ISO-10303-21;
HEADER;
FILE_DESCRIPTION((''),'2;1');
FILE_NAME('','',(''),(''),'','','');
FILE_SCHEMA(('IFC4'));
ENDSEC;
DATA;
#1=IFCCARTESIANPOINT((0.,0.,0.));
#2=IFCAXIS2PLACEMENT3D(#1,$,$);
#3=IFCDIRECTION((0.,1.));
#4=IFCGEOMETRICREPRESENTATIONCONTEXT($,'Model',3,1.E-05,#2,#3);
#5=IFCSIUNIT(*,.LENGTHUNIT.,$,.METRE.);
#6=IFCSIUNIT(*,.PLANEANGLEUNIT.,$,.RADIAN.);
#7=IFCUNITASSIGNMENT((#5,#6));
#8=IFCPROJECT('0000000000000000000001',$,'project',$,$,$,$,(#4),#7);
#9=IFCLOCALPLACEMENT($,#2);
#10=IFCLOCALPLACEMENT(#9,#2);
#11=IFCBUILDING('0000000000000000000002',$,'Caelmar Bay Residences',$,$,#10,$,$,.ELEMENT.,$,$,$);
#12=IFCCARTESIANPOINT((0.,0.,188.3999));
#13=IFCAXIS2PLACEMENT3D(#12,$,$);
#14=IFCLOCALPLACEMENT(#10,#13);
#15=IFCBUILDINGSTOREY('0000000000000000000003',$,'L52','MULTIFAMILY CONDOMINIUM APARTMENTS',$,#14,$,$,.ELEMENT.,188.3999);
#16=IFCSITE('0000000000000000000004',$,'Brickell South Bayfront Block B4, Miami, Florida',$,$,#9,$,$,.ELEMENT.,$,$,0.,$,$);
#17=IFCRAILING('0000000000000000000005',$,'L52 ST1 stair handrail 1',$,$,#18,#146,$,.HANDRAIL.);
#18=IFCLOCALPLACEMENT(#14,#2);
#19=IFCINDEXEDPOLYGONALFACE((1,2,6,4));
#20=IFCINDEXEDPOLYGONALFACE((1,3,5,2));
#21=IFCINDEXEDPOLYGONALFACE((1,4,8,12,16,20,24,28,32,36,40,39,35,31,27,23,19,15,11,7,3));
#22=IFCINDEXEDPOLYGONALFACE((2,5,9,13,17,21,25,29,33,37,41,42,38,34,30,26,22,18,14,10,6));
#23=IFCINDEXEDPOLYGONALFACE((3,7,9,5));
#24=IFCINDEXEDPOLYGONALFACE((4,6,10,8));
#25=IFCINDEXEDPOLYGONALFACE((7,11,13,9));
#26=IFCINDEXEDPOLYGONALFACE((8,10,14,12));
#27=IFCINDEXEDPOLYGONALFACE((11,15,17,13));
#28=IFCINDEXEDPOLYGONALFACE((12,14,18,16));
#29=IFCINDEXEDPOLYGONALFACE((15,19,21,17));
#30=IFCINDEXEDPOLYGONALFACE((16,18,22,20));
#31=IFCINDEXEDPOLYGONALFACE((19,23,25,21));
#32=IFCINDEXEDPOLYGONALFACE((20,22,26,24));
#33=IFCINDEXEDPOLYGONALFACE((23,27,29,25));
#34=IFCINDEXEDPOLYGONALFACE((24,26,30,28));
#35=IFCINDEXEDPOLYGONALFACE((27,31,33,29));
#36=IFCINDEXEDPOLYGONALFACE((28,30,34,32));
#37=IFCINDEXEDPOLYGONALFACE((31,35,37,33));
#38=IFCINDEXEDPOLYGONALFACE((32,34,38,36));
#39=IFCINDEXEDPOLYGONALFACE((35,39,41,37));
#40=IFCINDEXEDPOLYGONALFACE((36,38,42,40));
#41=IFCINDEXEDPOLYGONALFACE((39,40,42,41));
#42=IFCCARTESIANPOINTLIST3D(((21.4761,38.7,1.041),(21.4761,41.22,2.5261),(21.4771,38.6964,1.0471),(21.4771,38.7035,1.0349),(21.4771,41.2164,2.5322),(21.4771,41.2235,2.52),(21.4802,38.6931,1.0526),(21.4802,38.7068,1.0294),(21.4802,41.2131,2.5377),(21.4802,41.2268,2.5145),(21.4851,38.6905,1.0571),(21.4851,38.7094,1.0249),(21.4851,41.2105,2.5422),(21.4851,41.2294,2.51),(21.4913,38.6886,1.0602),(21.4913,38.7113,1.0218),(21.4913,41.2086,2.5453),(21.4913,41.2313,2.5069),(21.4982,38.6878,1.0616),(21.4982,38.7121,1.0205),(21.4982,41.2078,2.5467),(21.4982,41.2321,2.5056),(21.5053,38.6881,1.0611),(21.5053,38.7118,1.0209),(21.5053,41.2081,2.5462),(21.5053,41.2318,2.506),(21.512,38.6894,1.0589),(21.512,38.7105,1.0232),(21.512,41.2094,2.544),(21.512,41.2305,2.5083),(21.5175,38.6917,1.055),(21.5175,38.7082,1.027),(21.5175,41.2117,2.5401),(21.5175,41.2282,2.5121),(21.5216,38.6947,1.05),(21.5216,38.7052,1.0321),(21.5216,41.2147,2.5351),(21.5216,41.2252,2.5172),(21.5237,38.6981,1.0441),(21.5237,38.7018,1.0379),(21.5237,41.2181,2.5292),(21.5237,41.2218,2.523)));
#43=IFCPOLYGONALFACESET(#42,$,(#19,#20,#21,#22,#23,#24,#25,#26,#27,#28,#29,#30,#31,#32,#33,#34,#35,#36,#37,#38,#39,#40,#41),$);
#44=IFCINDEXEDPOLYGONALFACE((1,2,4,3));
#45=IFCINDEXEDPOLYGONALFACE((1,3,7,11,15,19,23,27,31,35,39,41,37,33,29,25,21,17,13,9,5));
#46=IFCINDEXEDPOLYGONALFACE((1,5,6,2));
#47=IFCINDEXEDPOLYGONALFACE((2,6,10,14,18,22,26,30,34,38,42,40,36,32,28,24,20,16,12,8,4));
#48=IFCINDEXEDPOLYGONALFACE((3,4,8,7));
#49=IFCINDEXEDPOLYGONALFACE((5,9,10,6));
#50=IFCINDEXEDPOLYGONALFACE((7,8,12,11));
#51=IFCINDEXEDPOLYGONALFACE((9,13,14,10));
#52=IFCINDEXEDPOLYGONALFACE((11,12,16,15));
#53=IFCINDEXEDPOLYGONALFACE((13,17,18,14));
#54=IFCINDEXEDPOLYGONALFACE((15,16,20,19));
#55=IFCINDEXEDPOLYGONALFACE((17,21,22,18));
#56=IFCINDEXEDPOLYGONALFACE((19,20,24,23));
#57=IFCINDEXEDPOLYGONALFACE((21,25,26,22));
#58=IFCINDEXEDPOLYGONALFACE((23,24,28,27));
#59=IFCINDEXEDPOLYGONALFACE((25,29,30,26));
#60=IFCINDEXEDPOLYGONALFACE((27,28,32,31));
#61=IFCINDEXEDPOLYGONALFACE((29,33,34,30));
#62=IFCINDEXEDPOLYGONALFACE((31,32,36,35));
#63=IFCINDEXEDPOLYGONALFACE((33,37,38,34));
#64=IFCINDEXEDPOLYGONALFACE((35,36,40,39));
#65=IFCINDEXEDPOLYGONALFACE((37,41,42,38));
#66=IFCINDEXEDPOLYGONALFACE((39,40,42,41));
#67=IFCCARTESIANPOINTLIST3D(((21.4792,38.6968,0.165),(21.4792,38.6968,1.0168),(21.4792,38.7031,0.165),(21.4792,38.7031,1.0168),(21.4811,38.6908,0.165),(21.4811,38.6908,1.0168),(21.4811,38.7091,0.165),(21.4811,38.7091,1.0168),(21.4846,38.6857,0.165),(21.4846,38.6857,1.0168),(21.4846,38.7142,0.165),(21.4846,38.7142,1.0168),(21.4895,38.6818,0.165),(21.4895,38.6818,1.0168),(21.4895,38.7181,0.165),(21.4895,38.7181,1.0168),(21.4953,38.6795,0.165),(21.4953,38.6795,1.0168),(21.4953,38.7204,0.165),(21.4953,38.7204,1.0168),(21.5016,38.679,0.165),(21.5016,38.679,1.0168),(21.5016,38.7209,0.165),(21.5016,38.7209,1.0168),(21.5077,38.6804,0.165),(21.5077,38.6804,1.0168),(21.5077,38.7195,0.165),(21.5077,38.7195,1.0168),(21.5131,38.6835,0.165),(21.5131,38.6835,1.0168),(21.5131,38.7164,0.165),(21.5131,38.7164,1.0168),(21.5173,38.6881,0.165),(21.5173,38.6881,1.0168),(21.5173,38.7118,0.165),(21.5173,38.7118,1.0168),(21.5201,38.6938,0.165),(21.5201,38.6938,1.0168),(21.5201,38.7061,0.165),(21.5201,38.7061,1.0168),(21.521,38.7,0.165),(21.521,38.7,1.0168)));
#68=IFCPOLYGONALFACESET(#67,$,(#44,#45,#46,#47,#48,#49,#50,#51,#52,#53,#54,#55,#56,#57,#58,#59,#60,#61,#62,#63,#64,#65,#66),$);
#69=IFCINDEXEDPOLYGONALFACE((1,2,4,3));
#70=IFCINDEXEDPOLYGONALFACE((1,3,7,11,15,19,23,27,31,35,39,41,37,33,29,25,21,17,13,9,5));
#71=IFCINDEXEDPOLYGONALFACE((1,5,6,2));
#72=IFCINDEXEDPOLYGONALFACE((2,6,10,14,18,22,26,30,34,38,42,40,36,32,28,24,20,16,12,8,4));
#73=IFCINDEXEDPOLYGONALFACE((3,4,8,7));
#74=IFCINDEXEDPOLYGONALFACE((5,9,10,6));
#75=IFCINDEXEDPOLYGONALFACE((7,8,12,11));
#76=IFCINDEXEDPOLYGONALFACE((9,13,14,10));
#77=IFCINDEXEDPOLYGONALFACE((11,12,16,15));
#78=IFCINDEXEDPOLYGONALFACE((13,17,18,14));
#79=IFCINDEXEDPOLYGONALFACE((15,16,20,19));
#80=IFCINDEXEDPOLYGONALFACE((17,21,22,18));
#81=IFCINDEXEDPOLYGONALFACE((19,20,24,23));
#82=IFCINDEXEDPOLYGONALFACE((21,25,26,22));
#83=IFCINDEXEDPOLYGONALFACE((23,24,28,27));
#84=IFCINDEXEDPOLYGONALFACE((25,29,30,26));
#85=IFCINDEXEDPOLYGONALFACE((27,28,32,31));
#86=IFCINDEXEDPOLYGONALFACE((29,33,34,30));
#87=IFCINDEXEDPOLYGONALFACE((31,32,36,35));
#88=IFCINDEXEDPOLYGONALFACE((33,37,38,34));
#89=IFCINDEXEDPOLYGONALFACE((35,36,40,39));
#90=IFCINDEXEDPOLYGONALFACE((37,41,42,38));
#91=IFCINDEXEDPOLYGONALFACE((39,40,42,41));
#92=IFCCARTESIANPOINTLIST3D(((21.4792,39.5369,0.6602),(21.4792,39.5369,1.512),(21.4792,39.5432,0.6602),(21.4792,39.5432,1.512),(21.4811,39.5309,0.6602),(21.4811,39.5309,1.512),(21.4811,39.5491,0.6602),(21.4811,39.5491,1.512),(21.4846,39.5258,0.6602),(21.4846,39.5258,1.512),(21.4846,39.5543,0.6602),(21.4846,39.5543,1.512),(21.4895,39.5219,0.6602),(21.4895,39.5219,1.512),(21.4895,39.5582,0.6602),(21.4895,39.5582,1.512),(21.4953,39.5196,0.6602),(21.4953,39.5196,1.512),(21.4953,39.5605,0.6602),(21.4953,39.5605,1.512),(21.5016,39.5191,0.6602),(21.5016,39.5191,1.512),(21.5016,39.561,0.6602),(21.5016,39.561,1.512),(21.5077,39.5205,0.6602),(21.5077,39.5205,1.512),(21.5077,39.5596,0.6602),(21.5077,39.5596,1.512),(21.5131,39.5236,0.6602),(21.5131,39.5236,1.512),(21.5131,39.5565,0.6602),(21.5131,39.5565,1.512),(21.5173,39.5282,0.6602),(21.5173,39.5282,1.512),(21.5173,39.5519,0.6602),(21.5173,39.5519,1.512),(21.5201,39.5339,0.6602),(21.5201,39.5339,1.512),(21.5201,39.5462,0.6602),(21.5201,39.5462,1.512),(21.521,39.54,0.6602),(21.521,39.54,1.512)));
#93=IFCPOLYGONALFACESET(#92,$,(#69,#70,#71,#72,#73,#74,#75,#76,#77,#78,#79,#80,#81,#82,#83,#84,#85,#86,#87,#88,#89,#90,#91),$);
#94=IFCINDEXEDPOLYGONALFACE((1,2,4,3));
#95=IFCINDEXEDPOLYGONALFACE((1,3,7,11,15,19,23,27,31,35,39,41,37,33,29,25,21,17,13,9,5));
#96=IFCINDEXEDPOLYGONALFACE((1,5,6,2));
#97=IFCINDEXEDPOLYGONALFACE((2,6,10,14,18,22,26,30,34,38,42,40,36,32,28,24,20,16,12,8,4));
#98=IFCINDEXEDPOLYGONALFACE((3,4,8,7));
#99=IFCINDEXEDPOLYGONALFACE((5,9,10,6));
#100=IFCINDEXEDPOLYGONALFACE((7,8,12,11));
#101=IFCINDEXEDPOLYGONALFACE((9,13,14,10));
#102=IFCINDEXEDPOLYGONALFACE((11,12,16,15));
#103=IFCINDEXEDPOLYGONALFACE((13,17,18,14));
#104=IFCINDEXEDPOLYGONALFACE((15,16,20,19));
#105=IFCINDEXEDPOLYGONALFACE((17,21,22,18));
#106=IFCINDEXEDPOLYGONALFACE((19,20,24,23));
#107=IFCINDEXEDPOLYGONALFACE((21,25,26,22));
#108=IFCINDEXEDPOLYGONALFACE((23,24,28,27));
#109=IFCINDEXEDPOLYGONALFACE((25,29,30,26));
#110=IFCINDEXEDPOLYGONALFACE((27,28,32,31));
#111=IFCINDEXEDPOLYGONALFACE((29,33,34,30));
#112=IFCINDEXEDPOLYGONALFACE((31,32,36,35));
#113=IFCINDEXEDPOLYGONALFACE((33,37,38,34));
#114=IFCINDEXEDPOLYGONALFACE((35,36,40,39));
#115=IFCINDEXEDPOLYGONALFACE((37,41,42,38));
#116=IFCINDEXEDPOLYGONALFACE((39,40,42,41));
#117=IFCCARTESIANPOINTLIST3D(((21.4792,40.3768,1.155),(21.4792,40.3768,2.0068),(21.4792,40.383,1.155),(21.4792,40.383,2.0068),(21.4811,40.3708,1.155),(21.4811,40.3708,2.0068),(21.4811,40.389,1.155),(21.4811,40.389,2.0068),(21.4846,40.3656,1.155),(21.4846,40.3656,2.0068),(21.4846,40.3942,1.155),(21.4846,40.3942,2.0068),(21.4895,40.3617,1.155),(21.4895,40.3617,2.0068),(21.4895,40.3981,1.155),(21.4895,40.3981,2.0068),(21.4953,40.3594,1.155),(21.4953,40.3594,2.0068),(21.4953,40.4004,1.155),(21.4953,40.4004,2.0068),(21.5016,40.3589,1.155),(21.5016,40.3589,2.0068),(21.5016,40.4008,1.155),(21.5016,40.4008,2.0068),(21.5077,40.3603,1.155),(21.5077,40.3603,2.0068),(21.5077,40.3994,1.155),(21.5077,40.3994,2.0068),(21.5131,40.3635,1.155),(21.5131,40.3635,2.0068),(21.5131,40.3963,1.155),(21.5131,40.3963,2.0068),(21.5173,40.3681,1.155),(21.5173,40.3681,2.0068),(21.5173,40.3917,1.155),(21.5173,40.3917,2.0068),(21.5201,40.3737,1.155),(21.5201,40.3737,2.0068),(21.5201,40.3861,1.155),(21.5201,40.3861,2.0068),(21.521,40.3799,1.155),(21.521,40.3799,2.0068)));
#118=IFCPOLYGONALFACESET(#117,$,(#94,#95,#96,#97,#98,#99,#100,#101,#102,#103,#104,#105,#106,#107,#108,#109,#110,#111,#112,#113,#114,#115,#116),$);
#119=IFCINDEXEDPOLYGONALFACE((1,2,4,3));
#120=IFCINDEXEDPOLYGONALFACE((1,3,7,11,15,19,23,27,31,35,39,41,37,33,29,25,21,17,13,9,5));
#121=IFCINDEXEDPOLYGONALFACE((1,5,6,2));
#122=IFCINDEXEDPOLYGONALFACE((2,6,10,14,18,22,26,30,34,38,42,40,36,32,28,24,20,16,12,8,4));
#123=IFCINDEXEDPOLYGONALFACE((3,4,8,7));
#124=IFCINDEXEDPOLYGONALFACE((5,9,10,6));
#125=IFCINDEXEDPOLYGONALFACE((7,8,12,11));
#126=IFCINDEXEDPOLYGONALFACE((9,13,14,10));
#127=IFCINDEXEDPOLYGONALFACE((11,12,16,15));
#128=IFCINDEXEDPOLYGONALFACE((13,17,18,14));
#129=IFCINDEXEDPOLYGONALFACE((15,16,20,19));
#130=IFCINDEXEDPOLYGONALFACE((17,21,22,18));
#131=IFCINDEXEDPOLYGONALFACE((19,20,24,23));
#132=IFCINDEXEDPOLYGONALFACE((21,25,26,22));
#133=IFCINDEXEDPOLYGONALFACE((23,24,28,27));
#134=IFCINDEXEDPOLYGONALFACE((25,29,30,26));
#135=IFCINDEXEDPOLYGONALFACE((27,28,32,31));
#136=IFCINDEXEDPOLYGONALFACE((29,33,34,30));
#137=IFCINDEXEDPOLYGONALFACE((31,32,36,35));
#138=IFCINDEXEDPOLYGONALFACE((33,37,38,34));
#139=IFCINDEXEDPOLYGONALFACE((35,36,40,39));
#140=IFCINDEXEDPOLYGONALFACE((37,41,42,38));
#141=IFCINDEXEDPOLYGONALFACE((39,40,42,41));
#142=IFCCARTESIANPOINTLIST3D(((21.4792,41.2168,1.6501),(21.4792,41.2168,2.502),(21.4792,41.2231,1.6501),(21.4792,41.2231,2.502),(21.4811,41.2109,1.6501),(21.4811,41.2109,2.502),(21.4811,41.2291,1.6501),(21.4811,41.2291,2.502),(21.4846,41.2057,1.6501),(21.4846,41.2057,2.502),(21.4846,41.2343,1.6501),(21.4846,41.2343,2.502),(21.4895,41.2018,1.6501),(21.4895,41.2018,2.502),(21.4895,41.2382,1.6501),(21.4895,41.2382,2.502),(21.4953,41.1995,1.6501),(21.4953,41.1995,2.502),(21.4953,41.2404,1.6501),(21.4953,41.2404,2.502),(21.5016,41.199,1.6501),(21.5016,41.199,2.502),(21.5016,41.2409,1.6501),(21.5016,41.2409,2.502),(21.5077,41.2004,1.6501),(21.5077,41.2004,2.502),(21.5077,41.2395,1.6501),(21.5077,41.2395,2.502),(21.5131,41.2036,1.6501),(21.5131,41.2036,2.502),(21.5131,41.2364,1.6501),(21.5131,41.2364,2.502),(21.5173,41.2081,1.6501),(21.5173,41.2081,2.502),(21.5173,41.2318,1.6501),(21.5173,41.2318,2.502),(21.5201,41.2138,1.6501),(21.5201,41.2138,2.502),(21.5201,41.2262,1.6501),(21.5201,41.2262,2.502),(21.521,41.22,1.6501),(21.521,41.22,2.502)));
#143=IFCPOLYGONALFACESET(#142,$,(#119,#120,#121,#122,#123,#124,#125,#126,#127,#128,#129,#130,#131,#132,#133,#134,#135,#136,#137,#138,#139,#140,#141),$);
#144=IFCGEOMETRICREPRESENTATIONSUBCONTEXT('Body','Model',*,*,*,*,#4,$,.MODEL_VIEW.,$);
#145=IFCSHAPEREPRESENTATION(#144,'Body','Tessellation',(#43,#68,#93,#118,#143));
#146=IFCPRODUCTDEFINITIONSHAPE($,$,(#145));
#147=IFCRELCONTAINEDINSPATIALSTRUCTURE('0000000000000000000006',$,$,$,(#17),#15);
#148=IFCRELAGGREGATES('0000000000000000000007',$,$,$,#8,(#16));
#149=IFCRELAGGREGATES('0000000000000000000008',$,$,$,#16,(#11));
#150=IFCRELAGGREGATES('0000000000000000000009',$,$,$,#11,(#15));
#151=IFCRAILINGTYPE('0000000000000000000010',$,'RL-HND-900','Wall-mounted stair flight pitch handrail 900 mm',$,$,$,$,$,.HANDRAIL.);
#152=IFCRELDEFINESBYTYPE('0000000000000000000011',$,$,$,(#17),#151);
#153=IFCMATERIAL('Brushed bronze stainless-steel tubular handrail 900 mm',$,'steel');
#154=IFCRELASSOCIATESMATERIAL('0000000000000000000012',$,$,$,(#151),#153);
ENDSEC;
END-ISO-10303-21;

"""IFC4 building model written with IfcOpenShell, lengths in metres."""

from ifc_helpers import new_model, si_unit, direction, frame, origin, origin_2d, place, context, subcontext, project, spatial, circle, extrude, material, type_object, element, save


model = new_model("IFC4")

# Units and contexts
model_context = context("Model", 3, precision=1e-05, world=origin(), true_north=direction((0.0, 1.0)))
body_context = subcontext(model_context, "Body", "Model", "MODEL_VIEW")
ifc_project = project(units=[si_unit("LENGTHUNIT", "METRE"), si_unit("PLANEANGLEUNIT", "RADIAN")], contexts=[model_context])

# Site, building, storey
site_placement = place(None, origin())
site = spatial("IfcSite", under=ifc_project, at=site_placement, Name="Brickell South Bayfront Block B4, Miami, Florida", CompositionType="ELEMENT", RefElevation=0.0)
building_placement = place(site_placement, origin())
building = spatial("IfcBuilding", under=site, at=building_placement, Name="Caelmar Bay Residences", CompositionType="ELEMENT")
storey_placement = place(building_placement, frame((0.0, 0.0, 188.3999)))
storey = spatial("IfcBuildingStorey", under=building, at=storey_placement, Name="L52", Description="MULTIFAMILY CONDOMINIUM APARTMENTS", CompositionType="ELEMENT", Elevation=188.3999)

# Railing
ifc_material_1 = material(Name="Brushed bronze stainless-steel tubular handrail 900 mm", Category="steel")
railing_type_1 = type_object("IfcRailingType", Name="RL-HND-900", Description="Wall-mounted stair flight pitch handrail 900 mm", PredefinedType="HANDRAIL", material=ifc_material_1)
railing_1_placement = place(storey_placement, frame((21.5, 38.7, 0.165)))
element("IfcRailing", 1, at=railing_1_placement, inside=storey, type_object=railing_type_1, Name="L52 ST1 stair handrail 1", PredefinedType="HANDRAIL", context=body_context, shape_type="SweptSolid", body=[
    extrude(circle(Radius=0.0239, at=origin_2d()), frame((0.0, 0.0, 0.876), z_axis=(0.0, 0.861524, 0.507717), x_axis=(-1.0, 0.0, 0.0)), (0.0, 0.0, 1.0), 2.925),
    extrude(circle(Radius=0.021, at=origin_2d()), origin(), (0.0, 0.0, 1.0), 0.8518),
    extrude(circle(Radius=0.021, at=origin_2d()), frame((0.0, 0.8401, 0.4951)), (0.0, 0.0, 1.0), 0.8518),
    extrude(circle(Radius=0.021, at=origin_2d()), frame((0.0, 1.6799, 0.99)), (0.0, 0.0, 1.0), 0.8518),
    extrude(circle(Radius=0.021, at=origin_2d()), frame((0.0, 2.52, 1.4851)), (0.0, 0.0, 1.0), 0.8518),
])

save(model, "model.ifc")
